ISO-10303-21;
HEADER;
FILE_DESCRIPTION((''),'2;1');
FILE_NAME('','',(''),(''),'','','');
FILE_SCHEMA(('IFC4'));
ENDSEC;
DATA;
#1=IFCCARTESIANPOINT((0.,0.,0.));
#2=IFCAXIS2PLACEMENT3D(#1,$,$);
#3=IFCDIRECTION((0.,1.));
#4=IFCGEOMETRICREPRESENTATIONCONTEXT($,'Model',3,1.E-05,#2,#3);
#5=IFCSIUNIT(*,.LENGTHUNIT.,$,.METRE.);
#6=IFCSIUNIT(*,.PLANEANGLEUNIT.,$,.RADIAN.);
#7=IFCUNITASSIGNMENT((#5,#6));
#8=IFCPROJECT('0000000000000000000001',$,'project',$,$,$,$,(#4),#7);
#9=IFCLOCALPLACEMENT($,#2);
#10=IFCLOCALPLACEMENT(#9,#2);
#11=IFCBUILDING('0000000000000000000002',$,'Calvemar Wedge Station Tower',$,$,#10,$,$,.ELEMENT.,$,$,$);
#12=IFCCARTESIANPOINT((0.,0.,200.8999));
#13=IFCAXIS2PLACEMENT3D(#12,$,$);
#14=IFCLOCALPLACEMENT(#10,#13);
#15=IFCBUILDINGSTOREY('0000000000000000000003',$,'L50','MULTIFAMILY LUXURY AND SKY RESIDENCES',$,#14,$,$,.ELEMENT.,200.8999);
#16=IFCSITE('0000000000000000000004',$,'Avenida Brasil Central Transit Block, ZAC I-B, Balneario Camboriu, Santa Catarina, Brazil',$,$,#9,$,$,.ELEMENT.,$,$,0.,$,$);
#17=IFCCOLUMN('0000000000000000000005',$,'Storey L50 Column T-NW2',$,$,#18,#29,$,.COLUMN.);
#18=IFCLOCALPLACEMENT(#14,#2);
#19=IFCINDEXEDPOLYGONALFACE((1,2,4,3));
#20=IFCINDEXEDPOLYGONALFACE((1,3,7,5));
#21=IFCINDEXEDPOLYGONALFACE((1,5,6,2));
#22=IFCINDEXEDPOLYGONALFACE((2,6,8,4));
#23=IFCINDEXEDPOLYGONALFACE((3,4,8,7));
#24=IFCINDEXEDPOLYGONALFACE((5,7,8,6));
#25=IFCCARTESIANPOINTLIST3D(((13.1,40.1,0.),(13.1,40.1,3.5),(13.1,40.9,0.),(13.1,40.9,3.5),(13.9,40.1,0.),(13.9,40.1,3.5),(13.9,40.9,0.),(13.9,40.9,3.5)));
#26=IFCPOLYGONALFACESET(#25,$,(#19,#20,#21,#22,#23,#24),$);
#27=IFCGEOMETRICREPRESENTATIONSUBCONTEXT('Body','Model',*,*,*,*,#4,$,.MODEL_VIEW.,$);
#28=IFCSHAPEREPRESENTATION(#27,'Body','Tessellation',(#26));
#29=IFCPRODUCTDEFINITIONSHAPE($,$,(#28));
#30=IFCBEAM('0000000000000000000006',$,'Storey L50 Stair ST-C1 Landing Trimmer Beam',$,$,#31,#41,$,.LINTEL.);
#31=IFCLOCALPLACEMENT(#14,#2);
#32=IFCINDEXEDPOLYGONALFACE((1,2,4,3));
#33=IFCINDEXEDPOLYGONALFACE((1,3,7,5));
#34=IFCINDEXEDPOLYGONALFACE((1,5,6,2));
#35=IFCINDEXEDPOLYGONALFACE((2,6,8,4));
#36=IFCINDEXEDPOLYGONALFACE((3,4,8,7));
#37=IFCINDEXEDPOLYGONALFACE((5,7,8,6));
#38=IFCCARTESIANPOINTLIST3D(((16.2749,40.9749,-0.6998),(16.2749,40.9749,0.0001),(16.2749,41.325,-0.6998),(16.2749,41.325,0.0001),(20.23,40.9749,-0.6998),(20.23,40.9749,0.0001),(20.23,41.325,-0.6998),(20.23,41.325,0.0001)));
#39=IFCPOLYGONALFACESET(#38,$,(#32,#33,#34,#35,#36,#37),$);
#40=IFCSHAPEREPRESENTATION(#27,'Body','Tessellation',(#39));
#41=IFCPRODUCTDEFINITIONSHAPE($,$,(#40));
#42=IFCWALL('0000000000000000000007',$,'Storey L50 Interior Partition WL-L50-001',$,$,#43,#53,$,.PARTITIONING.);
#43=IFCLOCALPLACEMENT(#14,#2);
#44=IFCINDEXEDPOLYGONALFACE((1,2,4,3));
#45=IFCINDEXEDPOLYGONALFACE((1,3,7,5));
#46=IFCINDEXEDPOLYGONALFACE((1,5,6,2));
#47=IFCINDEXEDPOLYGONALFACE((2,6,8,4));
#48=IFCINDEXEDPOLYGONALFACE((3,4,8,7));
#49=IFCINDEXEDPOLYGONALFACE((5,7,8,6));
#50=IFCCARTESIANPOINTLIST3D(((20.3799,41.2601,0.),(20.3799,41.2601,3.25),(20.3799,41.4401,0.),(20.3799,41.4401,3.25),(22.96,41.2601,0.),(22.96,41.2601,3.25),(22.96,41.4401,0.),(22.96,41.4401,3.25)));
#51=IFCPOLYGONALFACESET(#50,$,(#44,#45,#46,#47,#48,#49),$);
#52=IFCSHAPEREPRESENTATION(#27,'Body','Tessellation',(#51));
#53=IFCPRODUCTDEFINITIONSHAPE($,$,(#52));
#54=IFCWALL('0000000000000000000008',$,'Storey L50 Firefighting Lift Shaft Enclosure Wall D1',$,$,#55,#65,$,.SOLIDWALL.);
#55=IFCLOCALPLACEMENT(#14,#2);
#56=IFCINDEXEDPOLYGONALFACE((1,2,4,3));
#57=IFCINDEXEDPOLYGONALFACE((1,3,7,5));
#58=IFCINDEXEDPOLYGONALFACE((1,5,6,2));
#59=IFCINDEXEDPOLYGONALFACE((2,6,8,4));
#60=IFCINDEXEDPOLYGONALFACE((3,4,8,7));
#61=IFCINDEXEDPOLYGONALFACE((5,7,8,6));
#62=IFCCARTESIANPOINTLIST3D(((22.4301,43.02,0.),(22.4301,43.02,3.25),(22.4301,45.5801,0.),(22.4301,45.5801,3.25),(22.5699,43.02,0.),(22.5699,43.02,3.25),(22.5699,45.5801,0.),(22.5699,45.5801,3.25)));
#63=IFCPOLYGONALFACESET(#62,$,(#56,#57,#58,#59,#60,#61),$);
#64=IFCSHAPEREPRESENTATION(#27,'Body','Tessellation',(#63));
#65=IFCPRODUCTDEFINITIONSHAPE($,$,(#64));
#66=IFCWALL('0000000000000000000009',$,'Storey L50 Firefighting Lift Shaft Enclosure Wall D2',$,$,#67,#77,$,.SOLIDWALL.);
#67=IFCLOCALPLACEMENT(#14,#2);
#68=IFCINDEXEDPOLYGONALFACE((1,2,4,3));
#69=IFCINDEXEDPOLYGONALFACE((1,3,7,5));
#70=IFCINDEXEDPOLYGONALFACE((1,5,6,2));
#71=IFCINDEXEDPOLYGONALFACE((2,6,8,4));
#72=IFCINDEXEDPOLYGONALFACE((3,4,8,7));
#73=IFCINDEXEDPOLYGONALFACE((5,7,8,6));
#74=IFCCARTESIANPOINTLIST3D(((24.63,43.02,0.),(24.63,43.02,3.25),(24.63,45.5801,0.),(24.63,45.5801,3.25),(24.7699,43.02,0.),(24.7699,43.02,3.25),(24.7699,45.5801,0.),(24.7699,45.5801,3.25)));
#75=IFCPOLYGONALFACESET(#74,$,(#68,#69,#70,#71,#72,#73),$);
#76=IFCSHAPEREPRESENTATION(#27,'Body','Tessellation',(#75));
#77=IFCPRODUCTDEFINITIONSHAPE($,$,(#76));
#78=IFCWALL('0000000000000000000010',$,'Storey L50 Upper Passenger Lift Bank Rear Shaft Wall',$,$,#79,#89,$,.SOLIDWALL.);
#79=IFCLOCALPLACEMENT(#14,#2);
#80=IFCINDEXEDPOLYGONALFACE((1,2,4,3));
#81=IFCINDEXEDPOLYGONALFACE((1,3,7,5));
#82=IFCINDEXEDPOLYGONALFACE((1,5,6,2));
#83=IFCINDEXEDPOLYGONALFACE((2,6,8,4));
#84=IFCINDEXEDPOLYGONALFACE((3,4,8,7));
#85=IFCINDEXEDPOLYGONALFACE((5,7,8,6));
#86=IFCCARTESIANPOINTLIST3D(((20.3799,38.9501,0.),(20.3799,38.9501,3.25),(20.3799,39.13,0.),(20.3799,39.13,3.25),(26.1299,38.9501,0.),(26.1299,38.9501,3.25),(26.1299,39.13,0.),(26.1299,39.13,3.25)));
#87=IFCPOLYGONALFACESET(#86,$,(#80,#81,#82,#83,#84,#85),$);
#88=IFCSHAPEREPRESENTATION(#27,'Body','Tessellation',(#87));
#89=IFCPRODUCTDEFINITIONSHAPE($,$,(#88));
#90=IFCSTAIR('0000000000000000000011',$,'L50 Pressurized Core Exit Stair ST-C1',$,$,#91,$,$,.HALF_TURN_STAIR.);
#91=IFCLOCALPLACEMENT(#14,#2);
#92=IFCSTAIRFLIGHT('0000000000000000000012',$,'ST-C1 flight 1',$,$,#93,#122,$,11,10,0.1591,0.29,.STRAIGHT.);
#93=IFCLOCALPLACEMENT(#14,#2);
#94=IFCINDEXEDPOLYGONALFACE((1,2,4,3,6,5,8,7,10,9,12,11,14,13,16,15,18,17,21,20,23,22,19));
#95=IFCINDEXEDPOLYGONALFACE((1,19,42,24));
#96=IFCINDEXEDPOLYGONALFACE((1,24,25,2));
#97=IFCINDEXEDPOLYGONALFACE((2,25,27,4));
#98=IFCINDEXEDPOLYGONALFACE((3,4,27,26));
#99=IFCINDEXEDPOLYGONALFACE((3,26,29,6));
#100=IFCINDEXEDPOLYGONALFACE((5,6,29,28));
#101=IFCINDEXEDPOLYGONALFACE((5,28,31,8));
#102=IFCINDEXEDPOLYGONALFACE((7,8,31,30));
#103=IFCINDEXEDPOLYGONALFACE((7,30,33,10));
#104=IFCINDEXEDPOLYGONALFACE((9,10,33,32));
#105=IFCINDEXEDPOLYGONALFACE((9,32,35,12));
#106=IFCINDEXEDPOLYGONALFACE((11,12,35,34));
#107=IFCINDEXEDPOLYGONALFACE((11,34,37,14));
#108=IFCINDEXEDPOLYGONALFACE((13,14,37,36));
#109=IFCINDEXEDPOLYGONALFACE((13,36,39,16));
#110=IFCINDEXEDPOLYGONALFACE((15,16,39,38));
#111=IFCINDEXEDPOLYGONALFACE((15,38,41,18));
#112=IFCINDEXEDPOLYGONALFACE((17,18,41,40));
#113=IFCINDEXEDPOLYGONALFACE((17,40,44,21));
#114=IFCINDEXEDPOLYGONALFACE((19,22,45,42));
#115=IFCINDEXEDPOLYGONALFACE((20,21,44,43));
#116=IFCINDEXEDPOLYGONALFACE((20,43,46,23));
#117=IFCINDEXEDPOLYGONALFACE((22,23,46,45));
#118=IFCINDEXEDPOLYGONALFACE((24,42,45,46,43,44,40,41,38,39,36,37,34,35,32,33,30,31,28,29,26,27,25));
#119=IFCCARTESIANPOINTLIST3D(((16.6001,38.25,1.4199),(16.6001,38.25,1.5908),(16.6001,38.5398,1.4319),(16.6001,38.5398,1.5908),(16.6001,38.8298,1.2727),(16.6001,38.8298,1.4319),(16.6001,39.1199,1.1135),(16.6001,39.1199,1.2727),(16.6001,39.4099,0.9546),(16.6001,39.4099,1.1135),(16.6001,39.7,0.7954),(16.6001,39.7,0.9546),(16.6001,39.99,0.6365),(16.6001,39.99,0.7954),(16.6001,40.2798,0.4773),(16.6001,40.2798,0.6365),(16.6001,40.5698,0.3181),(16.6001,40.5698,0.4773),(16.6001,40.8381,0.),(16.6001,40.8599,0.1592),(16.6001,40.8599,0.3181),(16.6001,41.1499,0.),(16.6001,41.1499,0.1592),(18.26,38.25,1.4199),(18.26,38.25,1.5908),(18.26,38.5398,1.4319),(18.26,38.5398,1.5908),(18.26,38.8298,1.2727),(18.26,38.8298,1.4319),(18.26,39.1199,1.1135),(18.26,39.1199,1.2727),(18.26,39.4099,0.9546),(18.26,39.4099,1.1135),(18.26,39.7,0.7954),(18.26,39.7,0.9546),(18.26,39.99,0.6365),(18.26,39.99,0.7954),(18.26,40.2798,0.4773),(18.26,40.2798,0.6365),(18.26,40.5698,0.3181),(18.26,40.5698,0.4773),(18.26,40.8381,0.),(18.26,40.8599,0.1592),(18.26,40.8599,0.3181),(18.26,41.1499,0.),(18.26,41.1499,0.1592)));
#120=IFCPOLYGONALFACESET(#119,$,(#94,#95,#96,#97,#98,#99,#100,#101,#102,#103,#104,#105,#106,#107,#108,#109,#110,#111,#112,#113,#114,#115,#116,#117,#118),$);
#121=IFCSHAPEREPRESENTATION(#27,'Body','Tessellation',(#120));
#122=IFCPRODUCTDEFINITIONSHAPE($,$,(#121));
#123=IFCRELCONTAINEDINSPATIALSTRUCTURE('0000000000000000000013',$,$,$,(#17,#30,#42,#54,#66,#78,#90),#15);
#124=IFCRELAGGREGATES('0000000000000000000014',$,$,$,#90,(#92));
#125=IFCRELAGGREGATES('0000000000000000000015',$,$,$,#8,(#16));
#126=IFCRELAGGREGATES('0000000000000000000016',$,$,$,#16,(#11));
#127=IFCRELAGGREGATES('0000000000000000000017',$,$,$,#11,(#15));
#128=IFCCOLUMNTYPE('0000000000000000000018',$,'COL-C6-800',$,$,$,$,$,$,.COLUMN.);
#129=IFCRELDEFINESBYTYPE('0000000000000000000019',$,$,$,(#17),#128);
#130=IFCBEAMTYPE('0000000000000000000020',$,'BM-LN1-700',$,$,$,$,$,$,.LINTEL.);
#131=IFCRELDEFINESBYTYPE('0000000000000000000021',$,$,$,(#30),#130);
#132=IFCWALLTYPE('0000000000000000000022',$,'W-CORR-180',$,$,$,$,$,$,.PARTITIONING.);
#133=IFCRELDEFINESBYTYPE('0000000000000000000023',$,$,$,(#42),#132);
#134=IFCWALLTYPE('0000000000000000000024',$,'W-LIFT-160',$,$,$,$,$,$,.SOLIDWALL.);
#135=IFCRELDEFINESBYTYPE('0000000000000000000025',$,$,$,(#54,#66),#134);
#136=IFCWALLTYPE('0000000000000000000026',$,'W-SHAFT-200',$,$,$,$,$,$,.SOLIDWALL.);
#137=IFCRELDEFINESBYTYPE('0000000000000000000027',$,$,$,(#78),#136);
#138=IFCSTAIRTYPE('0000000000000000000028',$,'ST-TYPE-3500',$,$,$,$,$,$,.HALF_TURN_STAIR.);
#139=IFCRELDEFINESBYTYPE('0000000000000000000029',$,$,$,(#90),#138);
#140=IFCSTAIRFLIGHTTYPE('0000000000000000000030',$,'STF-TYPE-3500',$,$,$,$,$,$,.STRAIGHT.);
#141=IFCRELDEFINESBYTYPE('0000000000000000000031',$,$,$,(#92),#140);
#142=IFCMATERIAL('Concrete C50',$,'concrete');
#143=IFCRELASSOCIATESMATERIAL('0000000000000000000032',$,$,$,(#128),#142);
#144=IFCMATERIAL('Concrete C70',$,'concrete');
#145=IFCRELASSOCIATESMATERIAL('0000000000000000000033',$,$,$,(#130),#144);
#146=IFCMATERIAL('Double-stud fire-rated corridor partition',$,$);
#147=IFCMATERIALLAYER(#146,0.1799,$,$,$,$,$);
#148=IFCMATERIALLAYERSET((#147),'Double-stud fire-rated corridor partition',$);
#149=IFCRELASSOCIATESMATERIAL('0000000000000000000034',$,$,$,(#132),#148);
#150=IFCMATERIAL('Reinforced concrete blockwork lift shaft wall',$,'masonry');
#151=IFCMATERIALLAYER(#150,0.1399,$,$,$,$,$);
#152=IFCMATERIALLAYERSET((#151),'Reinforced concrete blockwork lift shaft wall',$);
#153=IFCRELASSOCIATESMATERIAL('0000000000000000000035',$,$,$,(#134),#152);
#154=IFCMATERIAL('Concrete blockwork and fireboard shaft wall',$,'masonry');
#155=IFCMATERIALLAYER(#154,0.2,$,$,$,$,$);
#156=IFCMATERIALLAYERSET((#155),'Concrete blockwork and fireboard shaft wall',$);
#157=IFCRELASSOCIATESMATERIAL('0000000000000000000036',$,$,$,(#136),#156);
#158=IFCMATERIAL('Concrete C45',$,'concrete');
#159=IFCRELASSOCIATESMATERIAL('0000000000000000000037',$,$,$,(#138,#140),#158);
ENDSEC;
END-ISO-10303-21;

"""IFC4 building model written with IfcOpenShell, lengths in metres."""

from ifc_helpers import new_model, si_unit, direction, frame, frame_2d, origin, origin_2d, place, context, subcontext, project, spatial, polyline, rectangle, outline, extrude, source, transform, mapped, material, layer, layer_set, material_profile, profile_set, type_object, element, aggregate, save


model = new_model("IFC4")

# Units and contexts
model_context = context("Model", 3, precision=1e-05, world=origin(), true_north=direction((0.0, 1.0)))
body_context = subcontext(model_context, "Body", "Model", "MODEL_VIEW")
ifc_project = project(units=[si_unit("LENGTHUNIT", "METRE"), si_unit("PLANEANGLEUNIT", "RADIAN")], contexts=[model_context])

# Site, building, storey
site_placement = place(None, origin())
site = spatial("IfcSite", under=ifc_project, at=site_placement, Name="Avenida Brasil Central Transit Block, ZAC I-B, Balneario Camboriu, Santa Catarina, Brazil", CompositionType="ELEMENT", RefElevation=0.0)
building_placement = place(site_placement, origin())
building = spatial("IfcBuilding", under=site, at=building_placement, Name="Calvemar Wedge Station Tower", CompositionType="ELEMENT")
storey_placement = place(building_placement, frame((0.0, 0.0, 200.8999)))
storey = spatial("IfcBuildingStorey", under=building, at=storey_placement, Name="L50", Description="MULTIFAMILY LUXURY AND SKY RESIDENCES", CompositionType="ELEMENT", Elevation=200.8999)

# Column
ifc_material_1 = material(Name="Concrete C50", Category="concrete")
ifc_material_profile_1 = material_profile(ifc_material_1, rectangle(XDim=0.8, YDim=0.8, at=origin_2d()), Name="RC800x800")
ifc_profile_set_1 = profile_set([ifc_material_profile_1], Name="Concrete C50")
column_type = type_object("IfcColumnType", Name="COL-C6-800", PredefinedType="COLUMN", material=ifc_profile_set_1)
shared_shape_1 = source(origin(), body_context, "Body", "SweptSolid", [
    extrude(rectangle(XDim=0.8, YDim=0.8, at=origin_2d()), origin(), (0.0, 0.0, 1.0), 3.5),
])
column_placement = place(storey_placement, frame((13.5, 40.5, 0.0), z_axis=(0.0, 0.0, 1.0), x_axis=(1.0, 0.0, 0.0)))
element("IfcColumn", 1, at=column_placement, inside=storey, type_object=column_type, Name="Storey L50 Column T-NW2", PredefinedType="COLUMN", context=body_context, shape_type="MappedRepresentation", body=[
    mapped(shared_shape_1, transform((0.0, 0.0, 0.0), scale=1.0)),
])

# Beam
ifc_material_2 = material(Name="Concrete C70", Category="concrete")
ifc_material_profile_2 = material_profile(ifc_material_2, rectangle(XDim=0.3501, YDim=0.7, at=origin_2d()), Name="RC350x700")
ifc_profile_set_2 = profile_set([ifc_material_profile_2], Name="Concrete C70")
beam_type = type_object("IfcBeamType", Name="BM-LN1-700", PredefinedType="LINTEL", material=ifc_profile_set_2)
shared_shape_2 = source(origin(), body_context, "Body", "SweptSolid", [
    extrude(rectangle(XDim=0.3501, YDim=0.7, at=origin_2d()), origin(), (0.0, 0.0, 1.0), 3.9551),
])
beam_placement = place(storey_placement, frame((16.2749, 41.1499, -0.3499), z_axis=(1.0, 0.0, 0.0), x_axis=(0.0, 1.0, 0.0)))
element("IfcBeam", 2, at=beam_placement, inside=storey, type_object=beam_type, Name="Storey L50 Stair ST-C1 Landing Trimmer Beam", PredefinedType="LINTEL", context=body_context, shape_type="MappedRepresentation", body=[
    mapped(shared_shape_2, transform((0.0, 0.0, 0.0), scale=1.0)),
])

# Wall
ifc_material_3 = material(Name="Double-stud fire-rated corridor partition")
ifc_layer_1 = layer(ifc_material_3, 0.1799)
ifc_layer_set_1 = layer_set([ifc_layer_1], Name="Double-stud fire-rated corridor partition")
wall_type_1 = type_object("IfcWallType", Name="W-CORR-180", PredefinedType="PARTITIONING", material=ifc_layer_set_1)
wall_1_placement = place(storey_placement, frame((22.96, 41.3501, 0.0), z_axis=(0.0, 0.0, 1.0), x_axis=(-1.0, 0.0, 0.0)))
element("IfcWall", 3, at=wall_1_placement, inside=storey, type_object=wall_type_1, Name="Storey L50 Interior Partition WL-L50-001", PredefinedType="PARTITIONING", context=body_context, shape_type="SweptSolid", body=[
    extrude(rectangle(XDim=2.5801, YDim=0.1799, at=frame_2d((1.29, 0.0))), origin(), (0.0, 0.0, 1.0), 3.25),
])

# Shared definitions
ifc_material_4 = material(Name="Reinforced concrete blockwork lift shaft wall", Category="masonry")
ifc_layer_2 = layer(ifc_material_4, 0.1399)
ifc_layer_set_2 = layer_set([ifc_layer_2], Name="Reinforced concrete blockwork lift shaft wall")
wall_type_2 = type_object("IfcWallType", Name="W-LIFT-160", PredefinedType="SOLIDWALL", material=ifc_layer_set_2)

# Walls
for number, where, z_axis, x_axis, name in (
    (4, (22.5, 43.02, 0.0), (0.0, 0.0, 1.0), (0.0, 1.0, 0.0), "Storey L50 Firefighting Lift Shaft Enclosure Wall D1"),
    (5, (24.7, 43.02, 0.0), (0.0, 0.0, 1.0), (0.0, 1.0, 0.0), "Storey L50 Firefighting Lift Shaft Enclosure Wall D2"),
):
    element("IfcWall", number, at=place(storey_placement, frame(where, z_axis=z_axis, x_axis=x_axis)), inside=storey, type_object=wall_type_2, Name=name, PredefinedType="SOLIDWALL", context=body_context, shape_type="SweptSolid", body=[
        extrude(rectangle(XDim=2.5601, YDim=0.1399, at=frame_2d((1.28, 0.0))), origin(), (0.0, 0.0, 1.0), 3.25),
    ])
ifc_material_5 = material(Name="Concrete blockwork and fireboard shaft wall", Category="masonry")
ifc_layer_3 = layer(ifc_material_5, 0.2)
ifc_layer_set_3 = layer_set([ifc_layer_3], Name="Concrete blockwork and fireboard shaft wall")
wall_type_3 = type_object("IfcWallType", Name="W-SHAFT-200", PredefinedType="SOLIDWALL", material=ifc_layer_set_3)
wall_2_placement = place(storey_placement, frame((20.3799, 39.04, 0.0), z_axis=(0.0, 0.0, 1.0), x_axis=(1.0, 0.0, 0.0)))
element("IfcWall", 6, at=wall_2_placement, inside=storey, type_object=wall_type_3, Name="Storey L50 Upper Passenger Lift Bank Rear Shaft Wall", PredefinedType="SOLIDWALL", context=body_context, shape_type="SweptSolid", body=[
    extrude(rectangle(XDim=5.75, YDim=0.1799, at=frame_2d((2.875, 0.0))), origin(), (0.0, 0.0, 1.0), 3.25),
])

# Stair, stair flight
ifc_material_6 = material(Name="Concrete C45", Category="concrete")
stair_type = type_object("IfcStairType", Name="ST-TYPE-3500", PredefinedType="HALF_TURN_STAIR", material=ifc_material_6)
stair_placement = place(storey_placement, origin())
stair = element("IfcStair", 7, at=stair_placement, inside=storey, type_object=stair_type, Name="L50 Pressurized Core Exit Stair ST-C1", PredefinedType="HALF_TURN_STAIR")
stair_flight_type = type_object("IfcStairFlightType", Name="STF-TYPE-3500", PredefinedType="STRAIGHT", material=ifc_material_6)
stair_flight_placement = place(storey_placement, frame((17.4299, 41.1499, 0.0), z_axis=(0.0, 0.0, 1.0), x_axis=(0.0, -1.0, 0.0)))
stair_flight = element("IfcStairFlight", 8, at=stair_flight_placement, type_object=stair_flight_type, Name="ST-C1 flight 1", NumberOfRisers=11, NumberOfTreads=10, PredefinedType="STRAIGHT", RiserHeight=0.1591, TreadLength=0.29, context=body_context, shape_type="SweptSolid", body=[
    extrude(outline(polyline([(0.0, 0.0), (0.0, 0.1592), (0.29, 0.1592), (0.29, 0.3181), (0.5801, 0.3181), (0.5801, 0.4773), (0.8701, 0.4773), (0.8701, 0.6365), (1.1599, 0.6365), (1.1599, 0.7954), (1.45, 0.7954), (1.45, 0.9546), (1.74, 0.9546), (1.74, 1.1135), (2.03, 1.1135), (2.03, 1.2727), (2.3201, 1.2727), (2.3201, 1.4319), (2.6101, 1.4319), (2.6101, 1.5908), (2.8999, 1.5908), (2.8999, 1.75), (2.8999, 1.4199), (0.3118, 0.0), (0.0, 0.0)])), frame((0.0, 0.8301, 0.0), z_axis=(0.0, -1.0, 0.0), x_axis=(1.0, 0.0, 0.0)), (0.0, 0.0, 1.0), 1.6599),
])
aggregate(stair, [stair_flight])

save(model, "model.ifc")
